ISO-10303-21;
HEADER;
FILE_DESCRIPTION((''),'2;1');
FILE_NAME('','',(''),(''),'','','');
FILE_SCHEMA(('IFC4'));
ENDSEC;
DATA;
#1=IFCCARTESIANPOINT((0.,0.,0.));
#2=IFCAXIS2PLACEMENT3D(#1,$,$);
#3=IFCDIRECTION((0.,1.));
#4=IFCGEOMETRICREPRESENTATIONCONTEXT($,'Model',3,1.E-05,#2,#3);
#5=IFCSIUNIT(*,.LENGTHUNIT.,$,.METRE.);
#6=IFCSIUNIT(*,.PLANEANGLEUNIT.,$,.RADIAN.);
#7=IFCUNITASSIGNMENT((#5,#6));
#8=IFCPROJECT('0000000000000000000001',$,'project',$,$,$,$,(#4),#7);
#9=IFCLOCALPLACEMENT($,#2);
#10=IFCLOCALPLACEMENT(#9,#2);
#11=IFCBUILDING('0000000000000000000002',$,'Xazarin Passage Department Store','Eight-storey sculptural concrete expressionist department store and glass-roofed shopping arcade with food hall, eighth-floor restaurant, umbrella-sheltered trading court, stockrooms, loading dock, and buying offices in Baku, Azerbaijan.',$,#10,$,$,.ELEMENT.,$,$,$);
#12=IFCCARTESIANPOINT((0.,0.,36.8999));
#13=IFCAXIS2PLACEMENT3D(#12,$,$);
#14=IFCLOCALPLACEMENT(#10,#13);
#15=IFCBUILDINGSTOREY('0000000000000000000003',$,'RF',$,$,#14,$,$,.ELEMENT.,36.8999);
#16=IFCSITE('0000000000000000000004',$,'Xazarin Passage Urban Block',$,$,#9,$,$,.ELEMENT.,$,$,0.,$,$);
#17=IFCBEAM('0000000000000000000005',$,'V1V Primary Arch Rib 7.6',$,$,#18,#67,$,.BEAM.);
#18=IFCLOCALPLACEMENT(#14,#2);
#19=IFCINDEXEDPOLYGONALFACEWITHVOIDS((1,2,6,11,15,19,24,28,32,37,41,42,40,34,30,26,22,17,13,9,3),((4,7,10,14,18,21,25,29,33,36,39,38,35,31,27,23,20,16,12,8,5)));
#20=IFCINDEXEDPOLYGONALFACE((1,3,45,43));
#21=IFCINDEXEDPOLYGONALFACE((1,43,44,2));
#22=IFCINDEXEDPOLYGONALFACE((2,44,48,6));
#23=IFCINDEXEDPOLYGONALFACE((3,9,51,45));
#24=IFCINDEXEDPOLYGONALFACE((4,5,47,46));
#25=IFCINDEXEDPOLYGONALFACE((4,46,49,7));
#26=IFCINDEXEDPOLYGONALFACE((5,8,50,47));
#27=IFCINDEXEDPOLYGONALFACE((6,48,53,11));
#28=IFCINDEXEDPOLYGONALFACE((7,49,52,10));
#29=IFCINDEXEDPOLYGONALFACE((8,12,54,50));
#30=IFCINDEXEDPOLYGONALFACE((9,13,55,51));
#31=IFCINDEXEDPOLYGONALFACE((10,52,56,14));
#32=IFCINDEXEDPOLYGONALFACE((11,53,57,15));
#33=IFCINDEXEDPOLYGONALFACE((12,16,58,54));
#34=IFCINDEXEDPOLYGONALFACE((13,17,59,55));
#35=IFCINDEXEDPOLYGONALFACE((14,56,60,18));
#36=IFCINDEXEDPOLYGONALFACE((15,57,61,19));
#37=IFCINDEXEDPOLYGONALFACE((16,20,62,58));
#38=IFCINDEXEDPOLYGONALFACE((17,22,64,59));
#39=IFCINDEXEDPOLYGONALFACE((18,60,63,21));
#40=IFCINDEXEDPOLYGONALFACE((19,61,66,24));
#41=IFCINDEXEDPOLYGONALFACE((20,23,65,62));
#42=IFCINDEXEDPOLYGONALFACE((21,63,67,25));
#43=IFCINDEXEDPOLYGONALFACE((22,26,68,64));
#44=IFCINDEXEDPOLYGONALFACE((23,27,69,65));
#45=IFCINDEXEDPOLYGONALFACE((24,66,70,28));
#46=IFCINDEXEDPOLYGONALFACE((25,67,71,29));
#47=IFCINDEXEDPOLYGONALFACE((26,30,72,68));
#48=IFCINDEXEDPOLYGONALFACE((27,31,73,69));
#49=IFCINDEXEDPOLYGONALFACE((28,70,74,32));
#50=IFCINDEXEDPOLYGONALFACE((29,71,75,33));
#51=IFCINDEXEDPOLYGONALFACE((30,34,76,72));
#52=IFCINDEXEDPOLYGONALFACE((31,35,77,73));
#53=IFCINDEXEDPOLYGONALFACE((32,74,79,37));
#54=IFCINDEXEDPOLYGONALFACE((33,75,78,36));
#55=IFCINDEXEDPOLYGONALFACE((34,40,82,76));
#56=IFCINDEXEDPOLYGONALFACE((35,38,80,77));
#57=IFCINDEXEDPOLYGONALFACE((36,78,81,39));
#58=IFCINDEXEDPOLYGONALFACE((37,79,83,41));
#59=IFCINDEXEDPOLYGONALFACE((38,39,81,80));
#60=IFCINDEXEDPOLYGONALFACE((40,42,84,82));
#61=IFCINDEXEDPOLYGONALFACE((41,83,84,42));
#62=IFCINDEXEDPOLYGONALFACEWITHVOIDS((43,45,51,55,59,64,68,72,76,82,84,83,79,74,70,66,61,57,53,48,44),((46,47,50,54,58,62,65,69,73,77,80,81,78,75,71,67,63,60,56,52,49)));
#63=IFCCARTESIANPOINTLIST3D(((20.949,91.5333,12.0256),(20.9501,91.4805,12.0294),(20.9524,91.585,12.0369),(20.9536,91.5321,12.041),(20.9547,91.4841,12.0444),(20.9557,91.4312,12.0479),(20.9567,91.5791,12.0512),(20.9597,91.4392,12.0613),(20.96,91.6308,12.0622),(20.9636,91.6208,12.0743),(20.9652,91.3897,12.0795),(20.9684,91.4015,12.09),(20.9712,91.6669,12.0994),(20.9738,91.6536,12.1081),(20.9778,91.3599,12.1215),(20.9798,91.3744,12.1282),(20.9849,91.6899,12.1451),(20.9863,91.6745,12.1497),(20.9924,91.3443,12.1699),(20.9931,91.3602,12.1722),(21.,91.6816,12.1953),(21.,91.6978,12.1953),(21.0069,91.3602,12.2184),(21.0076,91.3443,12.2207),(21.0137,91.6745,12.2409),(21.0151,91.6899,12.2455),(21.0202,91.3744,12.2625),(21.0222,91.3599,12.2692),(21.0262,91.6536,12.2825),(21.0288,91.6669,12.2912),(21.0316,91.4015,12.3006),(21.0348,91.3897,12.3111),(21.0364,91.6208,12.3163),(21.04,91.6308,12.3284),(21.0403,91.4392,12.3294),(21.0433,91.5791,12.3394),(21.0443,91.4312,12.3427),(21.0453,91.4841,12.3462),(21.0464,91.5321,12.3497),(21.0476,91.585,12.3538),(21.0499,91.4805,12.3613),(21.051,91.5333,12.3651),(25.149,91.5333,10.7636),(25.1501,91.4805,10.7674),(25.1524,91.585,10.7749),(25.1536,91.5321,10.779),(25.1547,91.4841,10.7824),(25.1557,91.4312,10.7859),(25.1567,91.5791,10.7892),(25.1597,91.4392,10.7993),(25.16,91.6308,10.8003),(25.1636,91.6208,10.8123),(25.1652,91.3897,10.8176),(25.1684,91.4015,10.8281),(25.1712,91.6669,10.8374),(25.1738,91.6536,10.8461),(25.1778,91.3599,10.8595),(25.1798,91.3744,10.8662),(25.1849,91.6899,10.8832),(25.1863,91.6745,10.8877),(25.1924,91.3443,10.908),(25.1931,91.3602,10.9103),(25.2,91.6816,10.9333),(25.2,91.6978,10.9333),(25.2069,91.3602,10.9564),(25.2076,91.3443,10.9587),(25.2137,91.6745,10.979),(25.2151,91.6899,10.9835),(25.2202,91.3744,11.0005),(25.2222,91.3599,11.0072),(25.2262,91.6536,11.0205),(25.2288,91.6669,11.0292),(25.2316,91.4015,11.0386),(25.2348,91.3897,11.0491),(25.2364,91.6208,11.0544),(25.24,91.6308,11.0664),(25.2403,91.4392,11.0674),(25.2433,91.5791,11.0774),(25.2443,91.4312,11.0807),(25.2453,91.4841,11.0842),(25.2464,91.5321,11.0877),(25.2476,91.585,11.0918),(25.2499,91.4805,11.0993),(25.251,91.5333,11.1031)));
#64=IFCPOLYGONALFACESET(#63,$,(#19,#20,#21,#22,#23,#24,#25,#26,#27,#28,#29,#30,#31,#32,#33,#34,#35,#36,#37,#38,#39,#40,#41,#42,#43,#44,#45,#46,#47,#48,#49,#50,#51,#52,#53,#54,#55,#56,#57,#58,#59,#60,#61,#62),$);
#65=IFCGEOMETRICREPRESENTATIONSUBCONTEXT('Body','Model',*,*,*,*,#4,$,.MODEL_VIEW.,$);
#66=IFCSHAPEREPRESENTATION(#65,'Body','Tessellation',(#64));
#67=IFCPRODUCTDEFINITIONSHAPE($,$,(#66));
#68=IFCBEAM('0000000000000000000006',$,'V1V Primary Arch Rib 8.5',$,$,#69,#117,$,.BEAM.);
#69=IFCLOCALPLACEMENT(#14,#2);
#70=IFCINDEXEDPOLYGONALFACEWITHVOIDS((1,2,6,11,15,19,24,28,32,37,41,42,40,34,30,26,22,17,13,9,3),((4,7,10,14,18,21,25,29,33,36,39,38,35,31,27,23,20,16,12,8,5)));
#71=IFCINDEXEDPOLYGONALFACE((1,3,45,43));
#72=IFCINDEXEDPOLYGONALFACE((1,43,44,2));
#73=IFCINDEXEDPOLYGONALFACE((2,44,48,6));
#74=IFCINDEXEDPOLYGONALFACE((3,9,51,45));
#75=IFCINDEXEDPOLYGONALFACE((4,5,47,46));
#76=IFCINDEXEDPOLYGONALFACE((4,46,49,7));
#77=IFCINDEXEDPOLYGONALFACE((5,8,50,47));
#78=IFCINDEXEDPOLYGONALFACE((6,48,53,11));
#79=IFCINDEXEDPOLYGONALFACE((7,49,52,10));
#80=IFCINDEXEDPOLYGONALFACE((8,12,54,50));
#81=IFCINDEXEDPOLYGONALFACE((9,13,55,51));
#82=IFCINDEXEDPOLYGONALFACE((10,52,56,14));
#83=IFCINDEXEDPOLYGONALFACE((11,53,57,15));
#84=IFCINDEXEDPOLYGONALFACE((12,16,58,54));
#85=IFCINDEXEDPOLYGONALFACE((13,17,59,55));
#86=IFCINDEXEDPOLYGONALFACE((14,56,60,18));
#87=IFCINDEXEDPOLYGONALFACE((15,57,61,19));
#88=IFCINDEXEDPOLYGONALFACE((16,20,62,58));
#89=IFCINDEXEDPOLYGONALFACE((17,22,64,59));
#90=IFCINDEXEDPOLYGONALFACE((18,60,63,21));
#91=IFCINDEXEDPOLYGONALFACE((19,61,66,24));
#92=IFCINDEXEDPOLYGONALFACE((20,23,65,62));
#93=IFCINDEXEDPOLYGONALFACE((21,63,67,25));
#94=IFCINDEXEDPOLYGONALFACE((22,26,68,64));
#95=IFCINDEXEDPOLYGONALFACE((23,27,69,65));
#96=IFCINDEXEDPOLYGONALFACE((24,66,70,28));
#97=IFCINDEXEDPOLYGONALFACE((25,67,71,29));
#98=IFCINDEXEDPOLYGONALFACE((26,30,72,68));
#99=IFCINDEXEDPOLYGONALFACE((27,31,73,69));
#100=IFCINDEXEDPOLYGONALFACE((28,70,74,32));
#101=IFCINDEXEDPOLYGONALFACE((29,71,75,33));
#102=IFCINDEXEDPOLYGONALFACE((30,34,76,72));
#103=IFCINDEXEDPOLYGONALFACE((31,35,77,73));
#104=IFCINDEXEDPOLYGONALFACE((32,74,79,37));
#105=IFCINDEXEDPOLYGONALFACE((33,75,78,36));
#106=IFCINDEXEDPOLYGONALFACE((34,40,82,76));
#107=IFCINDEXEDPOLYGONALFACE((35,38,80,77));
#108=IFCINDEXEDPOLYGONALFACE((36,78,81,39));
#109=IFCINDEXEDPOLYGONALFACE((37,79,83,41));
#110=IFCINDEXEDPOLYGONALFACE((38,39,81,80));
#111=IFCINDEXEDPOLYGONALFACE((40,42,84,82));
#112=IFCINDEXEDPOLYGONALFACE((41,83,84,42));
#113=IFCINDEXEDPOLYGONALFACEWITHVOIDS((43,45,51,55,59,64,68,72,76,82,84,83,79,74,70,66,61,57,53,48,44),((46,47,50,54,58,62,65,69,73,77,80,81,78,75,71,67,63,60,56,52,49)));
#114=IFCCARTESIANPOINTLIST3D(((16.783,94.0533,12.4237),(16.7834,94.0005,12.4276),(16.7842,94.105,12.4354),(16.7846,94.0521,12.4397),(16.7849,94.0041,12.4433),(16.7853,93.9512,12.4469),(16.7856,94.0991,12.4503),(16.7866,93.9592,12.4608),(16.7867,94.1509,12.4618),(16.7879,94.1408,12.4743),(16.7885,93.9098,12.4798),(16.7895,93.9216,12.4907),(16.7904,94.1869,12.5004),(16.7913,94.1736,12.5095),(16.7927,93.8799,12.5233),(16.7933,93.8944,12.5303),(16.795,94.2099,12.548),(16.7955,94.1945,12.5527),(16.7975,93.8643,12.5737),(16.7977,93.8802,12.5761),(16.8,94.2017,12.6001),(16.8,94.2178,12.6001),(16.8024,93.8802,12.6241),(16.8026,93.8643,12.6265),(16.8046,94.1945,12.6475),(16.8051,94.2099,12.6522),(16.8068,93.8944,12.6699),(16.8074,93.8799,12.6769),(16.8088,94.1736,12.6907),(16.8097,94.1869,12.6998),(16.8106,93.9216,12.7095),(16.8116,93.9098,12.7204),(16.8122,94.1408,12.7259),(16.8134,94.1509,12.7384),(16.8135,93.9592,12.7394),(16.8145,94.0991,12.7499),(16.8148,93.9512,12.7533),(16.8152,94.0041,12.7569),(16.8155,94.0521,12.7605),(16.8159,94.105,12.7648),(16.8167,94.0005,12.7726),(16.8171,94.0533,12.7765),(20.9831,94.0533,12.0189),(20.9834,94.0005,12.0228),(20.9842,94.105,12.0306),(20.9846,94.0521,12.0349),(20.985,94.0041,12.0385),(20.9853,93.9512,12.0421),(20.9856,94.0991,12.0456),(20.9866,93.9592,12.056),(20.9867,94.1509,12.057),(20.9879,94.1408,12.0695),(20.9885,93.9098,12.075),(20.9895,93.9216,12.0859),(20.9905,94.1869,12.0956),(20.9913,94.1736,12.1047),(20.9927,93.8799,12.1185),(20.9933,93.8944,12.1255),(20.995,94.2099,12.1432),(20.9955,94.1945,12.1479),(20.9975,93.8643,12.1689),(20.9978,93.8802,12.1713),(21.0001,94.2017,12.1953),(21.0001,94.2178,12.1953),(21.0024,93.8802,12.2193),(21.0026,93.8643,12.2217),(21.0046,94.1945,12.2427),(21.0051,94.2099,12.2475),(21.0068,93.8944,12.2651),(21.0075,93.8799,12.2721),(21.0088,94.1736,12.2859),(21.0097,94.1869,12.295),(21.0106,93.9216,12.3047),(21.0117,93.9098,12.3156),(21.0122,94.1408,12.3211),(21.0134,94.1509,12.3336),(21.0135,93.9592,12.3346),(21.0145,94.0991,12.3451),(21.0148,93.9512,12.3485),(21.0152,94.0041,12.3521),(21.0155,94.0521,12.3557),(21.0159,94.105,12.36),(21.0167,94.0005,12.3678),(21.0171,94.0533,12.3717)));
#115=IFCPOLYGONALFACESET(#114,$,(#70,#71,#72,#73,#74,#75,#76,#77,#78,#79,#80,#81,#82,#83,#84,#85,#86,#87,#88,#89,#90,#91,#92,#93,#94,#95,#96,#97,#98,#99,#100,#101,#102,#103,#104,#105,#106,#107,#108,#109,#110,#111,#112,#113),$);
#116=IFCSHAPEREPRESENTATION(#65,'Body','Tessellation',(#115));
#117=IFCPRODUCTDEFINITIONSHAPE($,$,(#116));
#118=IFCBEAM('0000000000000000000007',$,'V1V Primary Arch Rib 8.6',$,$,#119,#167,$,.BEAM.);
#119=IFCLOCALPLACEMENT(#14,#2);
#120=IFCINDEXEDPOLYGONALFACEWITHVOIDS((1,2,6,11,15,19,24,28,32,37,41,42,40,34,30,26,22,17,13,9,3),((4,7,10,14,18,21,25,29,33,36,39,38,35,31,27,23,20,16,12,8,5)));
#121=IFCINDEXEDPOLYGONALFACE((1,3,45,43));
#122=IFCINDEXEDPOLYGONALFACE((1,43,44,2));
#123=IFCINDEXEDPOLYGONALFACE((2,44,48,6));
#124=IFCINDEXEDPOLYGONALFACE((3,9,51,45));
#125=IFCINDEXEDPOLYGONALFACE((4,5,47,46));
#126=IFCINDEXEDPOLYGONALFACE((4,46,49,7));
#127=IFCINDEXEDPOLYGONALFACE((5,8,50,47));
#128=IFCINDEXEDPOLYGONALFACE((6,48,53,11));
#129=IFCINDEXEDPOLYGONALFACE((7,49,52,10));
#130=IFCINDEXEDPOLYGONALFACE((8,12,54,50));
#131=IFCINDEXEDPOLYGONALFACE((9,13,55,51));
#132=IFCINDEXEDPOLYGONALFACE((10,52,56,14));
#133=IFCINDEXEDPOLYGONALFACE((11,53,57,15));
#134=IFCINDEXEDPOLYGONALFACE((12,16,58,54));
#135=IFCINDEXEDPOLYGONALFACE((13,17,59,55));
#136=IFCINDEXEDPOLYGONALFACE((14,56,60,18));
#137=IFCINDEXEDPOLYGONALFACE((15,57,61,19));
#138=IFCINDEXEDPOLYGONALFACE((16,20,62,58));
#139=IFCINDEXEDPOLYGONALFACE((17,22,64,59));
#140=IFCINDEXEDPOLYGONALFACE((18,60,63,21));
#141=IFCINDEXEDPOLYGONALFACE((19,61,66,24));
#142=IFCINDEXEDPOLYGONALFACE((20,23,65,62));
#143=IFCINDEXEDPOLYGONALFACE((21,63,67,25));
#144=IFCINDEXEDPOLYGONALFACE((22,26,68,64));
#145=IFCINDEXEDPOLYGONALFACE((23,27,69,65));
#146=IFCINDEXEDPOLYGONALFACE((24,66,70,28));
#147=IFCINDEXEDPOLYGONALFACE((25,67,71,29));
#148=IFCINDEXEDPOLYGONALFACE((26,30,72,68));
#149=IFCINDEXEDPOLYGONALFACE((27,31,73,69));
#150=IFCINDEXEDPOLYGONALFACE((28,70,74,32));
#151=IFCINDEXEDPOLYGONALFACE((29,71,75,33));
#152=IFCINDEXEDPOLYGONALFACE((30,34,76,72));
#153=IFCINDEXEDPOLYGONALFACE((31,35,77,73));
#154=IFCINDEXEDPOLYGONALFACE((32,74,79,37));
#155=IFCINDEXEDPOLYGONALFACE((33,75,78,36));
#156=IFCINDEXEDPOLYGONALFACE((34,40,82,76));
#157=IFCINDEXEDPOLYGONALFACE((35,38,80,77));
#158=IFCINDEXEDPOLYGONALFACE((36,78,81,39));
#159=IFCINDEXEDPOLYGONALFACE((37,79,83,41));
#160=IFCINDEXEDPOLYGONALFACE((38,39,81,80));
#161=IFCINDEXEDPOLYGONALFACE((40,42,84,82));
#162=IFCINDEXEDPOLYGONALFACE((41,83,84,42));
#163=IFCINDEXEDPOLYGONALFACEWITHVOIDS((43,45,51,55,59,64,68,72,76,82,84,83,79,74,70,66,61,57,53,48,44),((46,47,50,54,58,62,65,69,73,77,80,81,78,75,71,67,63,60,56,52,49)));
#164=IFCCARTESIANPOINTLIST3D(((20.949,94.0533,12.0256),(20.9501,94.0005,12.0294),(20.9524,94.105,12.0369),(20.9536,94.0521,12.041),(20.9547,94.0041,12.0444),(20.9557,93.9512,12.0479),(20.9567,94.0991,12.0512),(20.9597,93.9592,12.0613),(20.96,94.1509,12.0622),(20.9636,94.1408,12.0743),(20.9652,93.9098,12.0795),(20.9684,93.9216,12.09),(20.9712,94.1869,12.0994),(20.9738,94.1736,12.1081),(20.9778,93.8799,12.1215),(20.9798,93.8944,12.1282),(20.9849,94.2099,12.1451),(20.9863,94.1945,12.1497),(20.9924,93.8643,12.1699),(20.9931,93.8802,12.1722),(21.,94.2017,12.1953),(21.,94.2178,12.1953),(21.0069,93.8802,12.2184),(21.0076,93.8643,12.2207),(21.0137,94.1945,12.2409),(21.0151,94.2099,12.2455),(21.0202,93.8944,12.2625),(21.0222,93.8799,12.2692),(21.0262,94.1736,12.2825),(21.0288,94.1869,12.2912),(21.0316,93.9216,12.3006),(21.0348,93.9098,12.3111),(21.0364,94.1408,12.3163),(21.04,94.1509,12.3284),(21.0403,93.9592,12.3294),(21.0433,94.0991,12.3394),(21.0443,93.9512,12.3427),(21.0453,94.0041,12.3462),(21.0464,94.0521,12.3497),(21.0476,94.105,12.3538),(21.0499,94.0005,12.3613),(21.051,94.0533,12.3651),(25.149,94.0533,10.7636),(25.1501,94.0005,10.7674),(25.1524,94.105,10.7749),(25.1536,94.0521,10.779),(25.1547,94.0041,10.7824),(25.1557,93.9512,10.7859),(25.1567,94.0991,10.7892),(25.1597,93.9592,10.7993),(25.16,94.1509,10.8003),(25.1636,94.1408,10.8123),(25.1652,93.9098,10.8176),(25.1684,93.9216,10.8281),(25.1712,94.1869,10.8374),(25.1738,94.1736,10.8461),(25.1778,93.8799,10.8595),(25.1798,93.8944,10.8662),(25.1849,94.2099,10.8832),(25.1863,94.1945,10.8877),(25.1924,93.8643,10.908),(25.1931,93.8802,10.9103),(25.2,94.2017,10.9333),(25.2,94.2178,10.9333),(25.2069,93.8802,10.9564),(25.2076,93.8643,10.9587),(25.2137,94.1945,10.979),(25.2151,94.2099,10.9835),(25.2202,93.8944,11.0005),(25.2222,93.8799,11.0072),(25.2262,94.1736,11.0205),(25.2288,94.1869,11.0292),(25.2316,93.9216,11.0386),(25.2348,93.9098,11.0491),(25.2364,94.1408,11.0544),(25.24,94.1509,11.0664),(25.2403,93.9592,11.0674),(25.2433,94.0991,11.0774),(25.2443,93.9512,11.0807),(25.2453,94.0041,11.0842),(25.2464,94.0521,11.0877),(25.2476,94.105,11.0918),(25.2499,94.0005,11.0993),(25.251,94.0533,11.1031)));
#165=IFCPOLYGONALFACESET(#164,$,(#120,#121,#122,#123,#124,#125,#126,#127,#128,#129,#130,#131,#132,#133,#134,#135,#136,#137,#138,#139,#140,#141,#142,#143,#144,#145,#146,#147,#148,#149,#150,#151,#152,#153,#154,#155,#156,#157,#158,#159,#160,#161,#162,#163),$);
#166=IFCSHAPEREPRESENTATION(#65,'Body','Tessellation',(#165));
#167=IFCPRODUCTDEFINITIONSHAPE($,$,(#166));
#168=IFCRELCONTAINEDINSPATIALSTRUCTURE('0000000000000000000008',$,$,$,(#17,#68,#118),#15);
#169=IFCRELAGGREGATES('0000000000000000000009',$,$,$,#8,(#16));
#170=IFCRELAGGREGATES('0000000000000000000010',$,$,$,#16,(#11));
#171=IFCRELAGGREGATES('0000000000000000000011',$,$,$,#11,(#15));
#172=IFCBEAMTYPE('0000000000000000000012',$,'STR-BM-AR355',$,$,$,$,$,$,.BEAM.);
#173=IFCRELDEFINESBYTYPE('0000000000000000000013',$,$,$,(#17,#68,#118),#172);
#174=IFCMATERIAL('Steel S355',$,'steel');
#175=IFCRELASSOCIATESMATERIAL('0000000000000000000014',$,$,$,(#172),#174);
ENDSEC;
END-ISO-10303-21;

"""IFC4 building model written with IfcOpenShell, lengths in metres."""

from ifc_helpers import new_model, si_unit, direction, frame, origin, origin_2d, place, context, subcontext, project, spatial, hollow_circle, extrude, material, material_profile, profile_set, type_object, element, save


model = new_model("IFC4")

# Units and contexts
model_context = context("Model", 3, precision=1e-05, world=origin(), true_north=direction((0.0, 1.0)))
body_context = subcontext(model_context, "Body", "Model", "MODEL_VIEW")
ifc_project = project(units=[si_unit("LENGTHUNIT", "METRE"), si_unit("PLANEANGLEUNIT", "RADIAN")], contexts=[model_context])

# Site, building, storey
site_placement = place(None, origin())
site = spatial("IfcSite", under=ifc_project, at=site_placement, Name="Xazarin Passage Urban Block", CompositionType="ELEMENT", RefElevation=0.0)
building_placement = place(site_placement, origin())
building = spatial("IfcBuilding", under=site, at=building_placement, Name="Xazarin Passage Department Store", Description="Eight-storey sculptural concrete expressionist department store and glass-roofed shopping arcade with food hall, eighth-floor restaurant, umbrella-sheltered trading court, stockrooms, loading dock, and buying offices in Baku, Azerbaijan.", CompositionType="ELEMENT")
storey_placement = place(building_placement, frame((0.0, 0.0, 36.8999)))
storey = spatial("IfcBuildingStorey", under=building, at=storey_placement, Name="RF", CompositionType="ELEMENT", Elevation=36.8999)

# Beams
ifc_material_1 = material(Name="Steel S355", Category="steel")
ifc_material_profile_1 = material_profile(ifc_material_1, hollow_circle(Radius=0.1777, WallThickness=0.0161, at=origin_2d()), Name="CHS 355.6x16")
ifc_profile_set_1 = profile_set([ifc_material_profile_1], Name="Steel S355")
beam_type = type_object("IfcBeamType", Name="STR-BM-AR355", PredefinedType="BEAM", material=ifc_profile_set_1)
beam_1_placement = place(storey_placement, frame((21.0, 91.52, 12.1953), z_axis=(0.957702, 0.0, -0.287762), x_axis=(0.0, 1.0, 0.0)))
element("IfcBeam", 1, at=beam_1_placement, inside=storey, type_object=beam_type, Name="V1V Primary Arch Rib 7.6", PredefinedType="BEAM", context=body_context, shape_type="SweptSolid", body=[
    extrude(hollow_circle(Radius=0.1777, WallThickness=0.0161, at=origin_2d()), origin(), (0.0, 0.0, 1.0), 4.3855),
])
beam_2_placement = place(storey_placement, frame((16.8, 94.04, 12.6001), z_axis=(0.995388, 0.0, -0.095934), x_axis=(0.0, 1.0, 0.0)))
element("IfcBeam", 2, at=beam_2_placement, inside=storey, type_object=beam_type, Name="V1V Primary Arch Rib 8.5", PredefinedType="BEAM", context=body_context, shape_type="SweptSolid", body=[
    extrude(hollow_circle(Radius=0.1777, WallThickness=0.0161, at=origin_2d()), origin(), (0.0, 0.0, 1.0), 4.2195),
])
beam_3_placement = place(storey_placement, frame((21.0, 94.04, 12.1953), z_axis=(0.957702, 0.0, -0.287762), x_axis=(0.0, 1.0, 0.0)))
element("IfcBeam", 3, at=beam_3_placement, inside=storey, type_object=beam_type, Name="V1V Primary Arch Rib 8.6", PredefinedType="BEAM", context=body_context, shape_type="SweptSolid", body=[
    extrude(hollow_circle(Radius=0.1777, WallThickness=0.0161, at=origin_2d()), origin(), (0.0, 0.0, 1.0), 4.3855),
])

save(model, "model.ifc")
